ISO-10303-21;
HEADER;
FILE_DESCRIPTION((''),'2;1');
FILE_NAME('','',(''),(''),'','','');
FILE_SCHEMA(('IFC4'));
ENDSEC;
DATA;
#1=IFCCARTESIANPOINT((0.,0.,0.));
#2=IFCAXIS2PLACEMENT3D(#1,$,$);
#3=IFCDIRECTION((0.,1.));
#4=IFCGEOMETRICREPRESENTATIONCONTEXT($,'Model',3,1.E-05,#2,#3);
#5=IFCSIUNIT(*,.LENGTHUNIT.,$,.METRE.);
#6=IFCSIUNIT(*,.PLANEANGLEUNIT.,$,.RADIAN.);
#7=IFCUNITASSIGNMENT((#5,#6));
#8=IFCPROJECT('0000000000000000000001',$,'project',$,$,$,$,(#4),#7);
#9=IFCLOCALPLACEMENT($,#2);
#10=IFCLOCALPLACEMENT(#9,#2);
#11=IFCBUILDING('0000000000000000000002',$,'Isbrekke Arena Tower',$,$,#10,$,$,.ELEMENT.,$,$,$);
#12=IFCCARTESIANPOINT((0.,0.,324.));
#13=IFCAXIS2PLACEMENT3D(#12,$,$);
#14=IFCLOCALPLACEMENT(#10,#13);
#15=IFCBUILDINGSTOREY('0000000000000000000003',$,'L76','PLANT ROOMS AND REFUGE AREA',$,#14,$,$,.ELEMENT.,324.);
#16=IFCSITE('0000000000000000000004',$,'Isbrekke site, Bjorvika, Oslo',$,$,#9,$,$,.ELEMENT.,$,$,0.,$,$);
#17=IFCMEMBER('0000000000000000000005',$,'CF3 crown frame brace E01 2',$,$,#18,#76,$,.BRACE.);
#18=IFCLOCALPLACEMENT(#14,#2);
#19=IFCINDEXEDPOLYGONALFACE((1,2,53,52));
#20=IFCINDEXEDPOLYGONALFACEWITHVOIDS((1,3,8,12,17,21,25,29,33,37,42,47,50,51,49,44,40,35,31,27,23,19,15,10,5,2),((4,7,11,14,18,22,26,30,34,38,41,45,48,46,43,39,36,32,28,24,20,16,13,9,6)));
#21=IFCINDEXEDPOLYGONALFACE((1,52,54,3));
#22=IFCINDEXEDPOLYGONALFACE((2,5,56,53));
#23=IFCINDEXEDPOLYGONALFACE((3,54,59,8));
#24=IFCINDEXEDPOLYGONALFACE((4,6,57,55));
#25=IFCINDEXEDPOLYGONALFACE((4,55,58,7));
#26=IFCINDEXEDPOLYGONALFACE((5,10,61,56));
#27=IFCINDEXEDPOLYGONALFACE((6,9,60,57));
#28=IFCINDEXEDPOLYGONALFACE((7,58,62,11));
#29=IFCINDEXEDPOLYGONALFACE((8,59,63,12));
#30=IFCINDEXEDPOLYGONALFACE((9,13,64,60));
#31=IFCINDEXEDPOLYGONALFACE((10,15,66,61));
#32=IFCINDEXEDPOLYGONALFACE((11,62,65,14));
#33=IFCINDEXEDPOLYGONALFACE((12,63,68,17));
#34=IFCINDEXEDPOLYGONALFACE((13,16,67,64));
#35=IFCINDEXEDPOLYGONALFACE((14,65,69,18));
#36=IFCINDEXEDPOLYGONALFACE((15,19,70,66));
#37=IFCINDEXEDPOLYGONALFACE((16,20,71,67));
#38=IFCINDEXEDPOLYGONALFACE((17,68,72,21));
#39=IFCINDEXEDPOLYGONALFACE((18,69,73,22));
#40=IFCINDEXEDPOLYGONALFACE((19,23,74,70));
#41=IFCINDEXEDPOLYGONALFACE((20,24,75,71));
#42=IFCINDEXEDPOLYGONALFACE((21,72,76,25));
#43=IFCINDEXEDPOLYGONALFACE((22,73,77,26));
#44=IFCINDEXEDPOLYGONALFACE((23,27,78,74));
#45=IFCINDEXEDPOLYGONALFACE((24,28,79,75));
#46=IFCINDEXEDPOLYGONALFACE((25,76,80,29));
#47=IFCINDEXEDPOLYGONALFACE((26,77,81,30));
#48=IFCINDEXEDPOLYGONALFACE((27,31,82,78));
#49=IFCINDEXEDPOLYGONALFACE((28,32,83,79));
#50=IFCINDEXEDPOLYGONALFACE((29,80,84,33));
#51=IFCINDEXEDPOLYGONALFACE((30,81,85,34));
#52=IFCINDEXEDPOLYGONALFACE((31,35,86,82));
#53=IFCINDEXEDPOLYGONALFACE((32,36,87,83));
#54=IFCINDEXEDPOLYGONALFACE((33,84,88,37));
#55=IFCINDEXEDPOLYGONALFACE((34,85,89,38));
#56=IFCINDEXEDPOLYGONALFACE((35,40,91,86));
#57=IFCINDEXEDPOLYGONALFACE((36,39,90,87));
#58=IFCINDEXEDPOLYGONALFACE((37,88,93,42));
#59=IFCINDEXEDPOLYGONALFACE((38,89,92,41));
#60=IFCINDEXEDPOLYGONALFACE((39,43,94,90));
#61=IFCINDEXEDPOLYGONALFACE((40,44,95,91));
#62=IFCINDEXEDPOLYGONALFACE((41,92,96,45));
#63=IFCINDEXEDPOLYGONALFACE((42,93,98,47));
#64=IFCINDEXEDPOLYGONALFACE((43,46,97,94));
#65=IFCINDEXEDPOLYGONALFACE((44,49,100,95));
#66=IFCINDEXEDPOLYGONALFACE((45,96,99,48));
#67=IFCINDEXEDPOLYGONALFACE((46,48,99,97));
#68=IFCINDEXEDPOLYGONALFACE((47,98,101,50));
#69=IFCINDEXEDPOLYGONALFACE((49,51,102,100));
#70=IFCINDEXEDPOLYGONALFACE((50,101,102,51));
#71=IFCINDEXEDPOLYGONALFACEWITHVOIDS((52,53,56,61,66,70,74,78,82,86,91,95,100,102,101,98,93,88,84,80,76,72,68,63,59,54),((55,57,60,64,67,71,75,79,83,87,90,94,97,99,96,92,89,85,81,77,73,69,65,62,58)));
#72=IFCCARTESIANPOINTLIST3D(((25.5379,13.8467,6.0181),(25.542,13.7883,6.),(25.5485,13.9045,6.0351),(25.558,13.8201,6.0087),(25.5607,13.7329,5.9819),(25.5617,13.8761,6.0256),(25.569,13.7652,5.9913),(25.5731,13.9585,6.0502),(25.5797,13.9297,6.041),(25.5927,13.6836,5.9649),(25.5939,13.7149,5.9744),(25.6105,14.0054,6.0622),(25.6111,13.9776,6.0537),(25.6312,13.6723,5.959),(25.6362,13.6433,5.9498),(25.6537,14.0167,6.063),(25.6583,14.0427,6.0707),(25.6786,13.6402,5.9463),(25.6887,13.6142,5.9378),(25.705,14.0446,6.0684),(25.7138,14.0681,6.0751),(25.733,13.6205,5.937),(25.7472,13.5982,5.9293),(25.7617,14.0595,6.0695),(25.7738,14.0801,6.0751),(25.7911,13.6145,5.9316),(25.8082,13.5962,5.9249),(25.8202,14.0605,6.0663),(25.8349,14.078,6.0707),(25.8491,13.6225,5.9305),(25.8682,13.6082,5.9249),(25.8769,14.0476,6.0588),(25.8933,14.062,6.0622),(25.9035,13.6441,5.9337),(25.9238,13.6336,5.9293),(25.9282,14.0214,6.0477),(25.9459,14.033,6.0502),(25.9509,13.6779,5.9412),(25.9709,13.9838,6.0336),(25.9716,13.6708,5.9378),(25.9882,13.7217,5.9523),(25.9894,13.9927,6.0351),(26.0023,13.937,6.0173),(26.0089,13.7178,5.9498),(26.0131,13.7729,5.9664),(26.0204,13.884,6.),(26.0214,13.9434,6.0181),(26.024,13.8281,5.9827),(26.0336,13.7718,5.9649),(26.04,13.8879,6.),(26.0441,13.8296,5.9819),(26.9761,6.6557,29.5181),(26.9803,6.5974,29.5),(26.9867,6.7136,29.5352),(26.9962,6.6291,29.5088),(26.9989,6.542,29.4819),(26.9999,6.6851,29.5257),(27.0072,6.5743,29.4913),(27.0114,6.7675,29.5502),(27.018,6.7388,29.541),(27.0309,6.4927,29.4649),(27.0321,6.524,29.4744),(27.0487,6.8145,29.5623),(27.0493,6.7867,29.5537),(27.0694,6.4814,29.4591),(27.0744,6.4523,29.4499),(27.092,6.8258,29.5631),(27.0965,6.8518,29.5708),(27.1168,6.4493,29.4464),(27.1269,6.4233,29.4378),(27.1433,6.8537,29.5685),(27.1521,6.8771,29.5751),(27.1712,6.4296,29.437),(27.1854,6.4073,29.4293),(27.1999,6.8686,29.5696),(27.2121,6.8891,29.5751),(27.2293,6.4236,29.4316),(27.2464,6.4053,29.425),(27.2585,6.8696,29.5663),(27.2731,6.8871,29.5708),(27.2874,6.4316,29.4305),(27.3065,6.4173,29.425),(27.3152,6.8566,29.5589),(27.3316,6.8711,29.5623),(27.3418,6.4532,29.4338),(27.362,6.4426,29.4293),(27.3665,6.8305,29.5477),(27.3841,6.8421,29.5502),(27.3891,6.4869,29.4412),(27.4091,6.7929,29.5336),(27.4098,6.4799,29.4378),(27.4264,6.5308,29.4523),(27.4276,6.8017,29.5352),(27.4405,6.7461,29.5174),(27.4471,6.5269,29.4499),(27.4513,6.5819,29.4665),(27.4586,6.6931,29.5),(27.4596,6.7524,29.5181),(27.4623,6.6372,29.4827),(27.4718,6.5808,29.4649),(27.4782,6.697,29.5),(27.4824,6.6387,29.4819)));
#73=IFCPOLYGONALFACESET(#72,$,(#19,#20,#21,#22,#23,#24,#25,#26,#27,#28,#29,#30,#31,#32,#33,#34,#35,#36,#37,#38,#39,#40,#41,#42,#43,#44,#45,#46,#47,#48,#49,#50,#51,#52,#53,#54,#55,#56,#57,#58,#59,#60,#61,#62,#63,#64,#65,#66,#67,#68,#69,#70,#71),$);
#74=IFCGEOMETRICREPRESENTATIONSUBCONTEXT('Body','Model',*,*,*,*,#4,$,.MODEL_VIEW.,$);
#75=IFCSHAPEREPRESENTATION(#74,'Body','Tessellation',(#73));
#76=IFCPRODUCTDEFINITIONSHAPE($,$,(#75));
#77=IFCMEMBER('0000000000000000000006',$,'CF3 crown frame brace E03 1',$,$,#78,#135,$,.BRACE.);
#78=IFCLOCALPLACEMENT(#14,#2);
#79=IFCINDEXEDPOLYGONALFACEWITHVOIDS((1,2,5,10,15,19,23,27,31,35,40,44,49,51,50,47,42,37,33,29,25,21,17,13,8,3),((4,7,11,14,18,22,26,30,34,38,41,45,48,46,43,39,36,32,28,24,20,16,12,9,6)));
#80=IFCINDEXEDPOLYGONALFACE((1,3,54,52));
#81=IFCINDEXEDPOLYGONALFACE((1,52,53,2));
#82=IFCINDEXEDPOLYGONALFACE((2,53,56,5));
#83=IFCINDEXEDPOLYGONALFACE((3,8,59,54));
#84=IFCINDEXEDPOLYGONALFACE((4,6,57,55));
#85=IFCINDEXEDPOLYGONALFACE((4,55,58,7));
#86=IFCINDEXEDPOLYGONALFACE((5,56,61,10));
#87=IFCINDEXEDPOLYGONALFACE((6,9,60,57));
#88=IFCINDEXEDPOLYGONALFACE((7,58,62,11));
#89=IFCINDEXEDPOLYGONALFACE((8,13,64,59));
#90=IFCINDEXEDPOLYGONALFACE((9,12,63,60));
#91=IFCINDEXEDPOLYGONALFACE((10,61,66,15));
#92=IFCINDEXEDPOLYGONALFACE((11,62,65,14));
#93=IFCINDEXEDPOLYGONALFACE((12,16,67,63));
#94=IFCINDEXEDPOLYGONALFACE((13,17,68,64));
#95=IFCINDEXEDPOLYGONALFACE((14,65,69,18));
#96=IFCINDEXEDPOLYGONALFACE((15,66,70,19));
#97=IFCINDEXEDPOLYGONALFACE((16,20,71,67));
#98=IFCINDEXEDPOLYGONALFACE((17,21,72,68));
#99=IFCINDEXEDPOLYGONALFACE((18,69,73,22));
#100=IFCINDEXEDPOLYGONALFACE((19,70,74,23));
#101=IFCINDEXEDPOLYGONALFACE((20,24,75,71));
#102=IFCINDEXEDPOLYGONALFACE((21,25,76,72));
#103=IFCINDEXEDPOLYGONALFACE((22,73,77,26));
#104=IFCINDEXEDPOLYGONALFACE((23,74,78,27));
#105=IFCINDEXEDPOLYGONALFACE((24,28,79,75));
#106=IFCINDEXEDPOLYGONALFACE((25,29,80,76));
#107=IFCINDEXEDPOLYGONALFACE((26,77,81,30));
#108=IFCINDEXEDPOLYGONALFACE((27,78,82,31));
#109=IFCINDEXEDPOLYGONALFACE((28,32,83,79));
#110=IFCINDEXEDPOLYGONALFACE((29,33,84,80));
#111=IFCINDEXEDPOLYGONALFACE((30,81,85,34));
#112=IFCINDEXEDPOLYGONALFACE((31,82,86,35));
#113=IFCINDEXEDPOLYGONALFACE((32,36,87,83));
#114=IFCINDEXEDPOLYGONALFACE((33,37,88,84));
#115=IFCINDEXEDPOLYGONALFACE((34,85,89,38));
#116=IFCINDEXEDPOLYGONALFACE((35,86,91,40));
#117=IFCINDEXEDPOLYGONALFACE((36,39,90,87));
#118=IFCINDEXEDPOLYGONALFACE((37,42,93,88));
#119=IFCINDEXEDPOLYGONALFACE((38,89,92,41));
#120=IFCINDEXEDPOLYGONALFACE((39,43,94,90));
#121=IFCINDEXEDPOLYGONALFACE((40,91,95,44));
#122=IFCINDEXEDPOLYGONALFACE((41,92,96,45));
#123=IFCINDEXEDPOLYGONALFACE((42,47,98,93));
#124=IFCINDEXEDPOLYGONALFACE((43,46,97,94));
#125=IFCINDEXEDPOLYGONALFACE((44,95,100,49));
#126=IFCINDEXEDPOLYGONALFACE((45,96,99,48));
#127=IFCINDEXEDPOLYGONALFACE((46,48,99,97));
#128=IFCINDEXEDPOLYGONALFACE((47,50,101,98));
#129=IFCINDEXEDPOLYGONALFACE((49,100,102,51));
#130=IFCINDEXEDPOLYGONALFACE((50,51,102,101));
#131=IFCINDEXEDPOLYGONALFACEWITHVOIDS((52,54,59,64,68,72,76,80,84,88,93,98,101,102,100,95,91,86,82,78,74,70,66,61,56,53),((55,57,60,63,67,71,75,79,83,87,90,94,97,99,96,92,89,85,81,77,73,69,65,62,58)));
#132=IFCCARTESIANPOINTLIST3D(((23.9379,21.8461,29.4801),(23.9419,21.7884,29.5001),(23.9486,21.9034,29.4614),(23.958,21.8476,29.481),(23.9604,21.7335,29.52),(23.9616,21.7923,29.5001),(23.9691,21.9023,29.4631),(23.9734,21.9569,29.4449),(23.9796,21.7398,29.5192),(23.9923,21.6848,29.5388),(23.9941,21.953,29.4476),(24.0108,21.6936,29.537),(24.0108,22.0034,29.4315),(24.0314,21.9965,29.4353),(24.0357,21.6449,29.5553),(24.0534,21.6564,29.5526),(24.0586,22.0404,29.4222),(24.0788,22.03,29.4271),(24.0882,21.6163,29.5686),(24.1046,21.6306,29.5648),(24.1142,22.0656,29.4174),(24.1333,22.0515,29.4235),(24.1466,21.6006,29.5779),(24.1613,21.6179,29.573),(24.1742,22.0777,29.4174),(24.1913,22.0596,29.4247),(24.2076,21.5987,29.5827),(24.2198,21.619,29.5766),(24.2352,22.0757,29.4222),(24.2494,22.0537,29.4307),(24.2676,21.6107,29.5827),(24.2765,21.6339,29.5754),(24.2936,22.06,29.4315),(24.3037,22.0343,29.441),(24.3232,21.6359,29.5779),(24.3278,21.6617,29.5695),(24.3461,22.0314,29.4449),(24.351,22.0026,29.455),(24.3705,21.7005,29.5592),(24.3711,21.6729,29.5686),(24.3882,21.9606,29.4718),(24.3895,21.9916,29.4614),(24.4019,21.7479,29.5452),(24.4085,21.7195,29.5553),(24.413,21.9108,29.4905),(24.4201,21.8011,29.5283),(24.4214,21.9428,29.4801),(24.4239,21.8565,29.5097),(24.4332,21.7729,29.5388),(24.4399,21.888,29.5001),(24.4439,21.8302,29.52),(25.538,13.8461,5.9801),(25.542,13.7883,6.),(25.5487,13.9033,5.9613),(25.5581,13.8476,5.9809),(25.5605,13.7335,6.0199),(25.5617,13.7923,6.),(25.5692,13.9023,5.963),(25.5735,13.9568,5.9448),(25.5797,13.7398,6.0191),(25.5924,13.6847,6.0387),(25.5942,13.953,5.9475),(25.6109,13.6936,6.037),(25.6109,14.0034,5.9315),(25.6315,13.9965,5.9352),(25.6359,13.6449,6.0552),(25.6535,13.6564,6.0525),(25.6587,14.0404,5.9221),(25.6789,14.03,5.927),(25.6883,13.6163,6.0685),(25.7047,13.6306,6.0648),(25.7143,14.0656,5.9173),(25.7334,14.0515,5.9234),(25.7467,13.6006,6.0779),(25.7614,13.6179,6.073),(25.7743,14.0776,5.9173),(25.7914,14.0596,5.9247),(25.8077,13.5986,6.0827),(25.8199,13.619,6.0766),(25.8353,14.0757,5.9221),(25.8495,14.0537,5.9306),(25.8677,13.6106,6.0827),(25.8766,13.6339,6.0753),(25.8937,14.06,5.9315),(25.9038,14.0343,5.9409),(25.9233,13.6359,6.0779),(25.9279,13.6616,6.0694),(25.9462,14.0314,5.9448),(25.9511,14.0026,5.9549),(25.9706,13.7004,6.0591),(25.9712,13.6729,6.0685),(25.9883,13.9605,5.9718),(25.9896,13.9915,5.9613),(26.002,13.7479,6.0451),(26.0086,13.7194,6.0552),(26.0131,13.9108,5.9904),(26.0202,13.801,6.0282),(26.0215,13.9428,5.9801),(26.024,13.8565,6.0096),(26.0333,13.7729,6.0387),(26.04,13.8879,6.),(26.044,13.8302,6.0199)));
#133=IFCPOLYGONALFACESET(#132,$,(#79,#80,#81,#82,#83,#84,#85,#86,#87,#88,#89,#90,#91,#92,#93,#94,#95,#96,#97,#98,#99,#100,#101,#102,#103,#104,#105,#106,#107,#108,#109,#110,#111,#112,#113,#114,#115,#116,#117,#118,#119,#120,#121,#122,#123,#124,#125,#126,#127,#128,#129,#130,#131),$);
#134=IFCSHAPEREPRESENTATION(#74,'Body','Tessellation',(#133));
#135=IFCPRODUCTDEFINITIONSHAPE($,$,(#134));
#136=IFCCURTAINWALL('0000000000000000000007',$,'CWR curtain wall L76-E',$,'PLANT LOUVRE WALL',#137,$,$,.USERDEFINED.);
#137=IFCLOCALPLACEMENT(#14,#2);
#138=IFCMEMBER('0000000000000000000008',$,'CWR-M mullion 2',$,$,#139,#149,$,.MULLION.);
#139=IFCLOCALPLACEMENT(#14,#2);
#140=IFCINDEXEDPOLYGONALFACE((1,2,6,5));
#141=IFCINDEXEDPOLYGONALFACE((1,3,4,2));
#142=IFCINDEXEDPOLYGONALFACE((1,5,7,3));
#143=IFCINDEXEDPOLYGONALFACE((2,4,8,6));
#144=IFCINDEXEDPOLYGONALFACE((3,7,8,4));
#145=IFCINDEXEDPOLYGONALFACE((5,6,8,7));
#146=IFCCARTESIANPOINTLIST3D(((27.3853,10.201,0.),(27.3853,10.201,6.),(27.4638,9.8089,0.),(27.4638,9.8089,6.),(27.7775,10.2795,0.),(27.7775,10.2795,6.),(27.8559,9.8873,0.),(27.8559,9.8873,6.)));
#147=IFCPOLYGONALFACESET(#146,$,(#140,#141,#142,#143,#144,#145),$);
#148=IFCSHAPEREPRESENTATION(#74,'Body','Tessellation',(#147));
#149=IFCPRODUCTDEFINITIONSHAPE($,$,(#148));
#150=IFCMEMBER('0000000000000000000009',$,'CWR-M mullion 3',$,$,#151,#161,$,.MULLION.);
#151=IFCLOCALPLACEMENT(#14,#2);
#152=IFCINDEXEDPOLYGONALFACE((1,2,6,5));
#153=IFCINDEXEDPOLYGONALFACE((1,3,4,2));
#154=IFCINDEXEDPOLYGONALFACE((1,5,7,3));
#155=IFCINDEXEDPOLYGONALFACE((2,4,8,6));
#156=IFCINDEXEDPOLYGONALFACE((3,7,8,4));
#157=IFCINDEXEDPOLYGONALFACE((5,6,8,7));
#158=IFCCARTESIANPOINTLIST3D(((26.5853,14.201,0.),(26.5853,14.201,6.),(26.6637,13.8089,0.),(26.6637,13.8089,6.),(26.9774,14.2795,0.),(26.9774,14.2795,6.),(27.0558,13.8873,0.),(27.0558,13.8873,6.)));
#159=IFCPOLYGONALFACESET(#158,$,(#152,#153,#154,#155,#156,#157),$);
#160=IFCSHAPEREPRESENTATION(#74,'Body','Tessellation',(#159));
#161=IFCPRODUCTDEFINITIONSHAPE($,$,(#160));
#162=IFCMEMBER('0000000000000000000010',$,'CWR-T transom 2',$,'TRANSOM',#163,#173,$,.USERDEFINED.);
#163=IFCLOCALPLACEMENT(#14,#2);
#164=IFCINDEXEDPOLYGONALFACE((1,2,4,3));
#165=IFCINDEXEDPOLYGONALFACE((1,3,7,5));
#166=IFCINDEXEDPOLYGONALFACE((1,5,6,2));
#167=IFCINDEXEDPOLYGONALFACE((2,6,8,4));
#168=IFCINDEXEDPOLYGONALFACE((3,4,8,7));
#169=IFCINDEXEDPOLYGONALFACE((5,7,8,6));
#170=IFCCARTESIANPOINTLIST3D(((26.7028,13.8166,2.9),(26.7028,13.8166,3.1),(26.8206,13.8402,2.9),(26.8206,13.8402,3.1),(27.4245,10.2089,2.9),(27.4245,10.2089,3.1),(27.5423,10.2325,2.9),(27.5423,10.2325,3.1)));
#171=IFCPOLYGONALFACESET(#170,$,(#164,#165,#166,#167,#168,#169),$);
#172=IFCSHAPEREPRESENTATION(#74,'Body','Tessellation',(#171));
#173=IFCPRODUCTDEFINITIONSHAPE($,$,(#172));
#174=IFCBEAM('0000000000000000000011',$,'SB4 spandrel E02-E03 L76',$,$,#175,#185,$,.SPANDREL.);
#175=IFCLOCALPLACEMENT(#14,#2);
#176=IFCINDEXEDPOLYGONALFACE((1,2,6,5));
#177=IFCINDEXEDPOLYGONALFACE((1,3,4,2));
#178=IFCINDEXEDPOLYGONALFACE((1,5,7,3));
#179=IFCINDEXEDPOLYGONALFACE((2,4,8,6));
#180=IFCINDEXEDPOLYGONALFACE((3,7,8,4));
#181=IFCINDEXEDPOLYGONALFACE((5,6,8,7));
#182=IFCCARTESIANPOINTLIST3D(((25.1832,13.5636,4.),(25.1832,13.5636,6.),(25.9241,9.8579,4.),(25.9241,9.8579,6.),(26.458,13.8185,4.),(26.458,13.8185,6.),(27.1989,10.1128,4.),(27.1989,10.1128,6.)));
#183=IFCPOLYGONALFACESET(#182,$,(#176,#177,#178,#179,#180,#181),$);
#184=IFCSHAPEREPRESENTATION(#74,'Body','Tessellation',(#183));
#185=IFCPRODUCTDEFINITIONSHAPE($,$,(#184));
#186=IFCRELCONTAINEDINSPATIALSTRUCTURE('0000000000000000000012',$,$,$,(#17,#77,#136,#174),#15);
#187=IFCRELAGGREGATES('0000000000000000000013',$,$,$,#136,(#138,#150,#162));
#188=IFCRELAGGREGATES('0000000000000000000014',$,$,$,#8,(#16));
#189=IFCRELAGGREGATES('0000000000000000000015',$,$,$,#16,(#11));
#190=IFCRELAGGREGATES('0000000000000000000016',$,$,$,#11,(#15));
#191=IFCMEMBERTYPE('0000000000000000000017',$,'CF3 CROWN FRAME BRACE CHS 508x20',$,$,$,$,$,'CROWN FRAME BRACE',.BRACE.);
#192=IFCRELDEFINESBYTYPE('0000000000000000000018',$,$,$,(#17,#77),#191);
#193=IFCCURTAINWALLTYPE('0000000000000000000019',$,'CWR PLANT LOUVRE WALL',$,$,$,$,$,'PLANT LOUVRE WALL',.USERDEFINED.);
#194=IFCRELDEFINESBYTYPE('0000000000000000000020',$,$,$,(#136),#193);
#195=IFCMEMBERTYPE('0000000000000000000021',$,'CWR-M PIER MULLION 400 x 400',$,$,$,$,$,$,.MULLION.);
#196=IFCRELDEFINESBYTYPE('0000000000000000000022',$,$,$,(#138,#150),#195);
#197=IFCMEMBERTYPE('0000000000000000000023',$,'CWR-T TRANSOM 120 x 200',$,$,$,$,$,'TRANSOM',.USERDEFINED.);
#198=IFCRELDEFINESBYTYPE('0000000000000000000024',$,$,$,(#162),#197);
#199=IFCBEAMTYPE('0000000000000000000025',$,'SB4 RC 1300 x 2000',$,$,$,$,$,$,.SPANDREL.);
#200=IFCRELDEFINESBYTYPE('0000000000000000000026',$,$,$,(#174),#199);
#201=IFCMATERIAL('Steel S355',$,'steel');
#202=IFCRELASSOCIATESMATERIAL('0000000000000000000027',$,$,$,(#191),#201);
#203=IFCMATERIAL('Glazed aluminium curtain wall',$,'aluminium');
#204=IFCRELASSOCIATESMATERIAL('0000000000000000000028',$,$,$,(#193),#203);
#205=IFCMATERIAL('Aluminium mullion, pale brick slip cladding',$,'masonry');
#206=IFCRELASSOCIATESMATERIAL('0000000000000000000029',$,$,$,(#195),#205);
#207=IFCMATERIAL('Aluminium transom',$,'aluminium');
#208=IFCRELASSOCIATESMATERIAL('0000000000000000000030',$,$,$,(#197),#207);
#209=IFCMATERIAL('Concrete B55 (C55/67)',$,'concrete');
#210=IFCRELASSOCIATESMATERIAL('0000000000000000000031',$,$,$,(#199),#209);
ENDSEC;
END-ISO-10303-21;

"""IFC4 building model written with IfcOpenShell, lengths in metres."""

from ifc_helpers import new_model, si_unit, direction, frame, origin, origin_2d, place, context, subcontext, project, spatial, rectangle, hollow_circle, extrude, material, material_profile, profile_set, type_object, element, aggregate, save


model = new_model("IFC4")

# Units and contexts
model_context = context("Model", 3, precision=1e-05, world=origin(), true_north=direction((0.0, 1.0)))
body_context = subcontext(model_context, "Body", "Model", "MODEL_VIEW")
ifc_project = project(units=[si_unit("LENGTHUNIT", "METRE"), si_unit("PLANEANGLEUNIT", "RADIAN")], contexts=[model_context])

# Site, building, storey
site_placement = place(None, origin())
site = spatial("IfcSite", under=ifc_project, at=site_placement, Name="Isbrekke site, Bjorvika, Oslo", CompositionType="ELEMENT", RefElevation=0.0)
building_placement = place(site_placement, origin())
building = spatial("IfcBuilding", under=site, at=building_placement, Name="Isbrekke Arena Tower", CompositionType="ELEMENT")
storey_placement = place(building_placement, frame((0.0, 0.0, 324.0)))
storey = spatial("IfcBuildingStorey", under=building, at=storey_placement, Name="L76", Description="PLANT ROOMS AND REFUGE AREA", CompositionType="ELEMENT", Elevation=324.0)

# Members
ifc_material_1 = material(Name="Steel S355", Category="steel")
ifc_material_profile_1 = material_profile(ifc_material_1, hollow_circle(Radius=0.2539, WallThickness=0.02, at=origin_2d()), Name="CHS 508x20")
ifc_profile_set_1 = profile_set([ifc_material_profile_1], Name="Steel S355")
member_type_1 = type_object("IfcMemberType", Name="CF3 CROWN FRAME BRACE CHS 508x20", ElementType="CROWN FRAME BRACE", PredefinedType="BRACE", material=ifc_profile_set_1)
member_1_placement = place(storey_placement, frame((25.791, 13.8381, 6.0), z_axis=(0.058423, -0.292104, 0.9546), x_axis=(0.980579, 0.196123, 0.0)))
element("IfcMember", 1, at=member_1_placement, inside=storey, type_object=member_type_1, Name="CF3 crown frame brace E01 2", PredefinedType="BRACE", context=body_context, shape_type="SweptSolid", body=[
    extrude(hollow_circle(Radius=0.2539, WallThickness=0.02, at=origin_2d()), origin(), (0.0, 0.0, 1.0), 24.6177),
])
member_2_placement = place(storey_placement, frame((25.791, 13.8381, 6.0), z_axis=(-0.064323, 0.321596, 0.94469), x_axis=(-0.980578, -0.196128, 0.0)))
element("IfcMember", 2, at=member_2_placement, inside=storey, type_object=member_type_1, Name="CF3 crown frame brace E03 1", PredefinedType="BRACE", context=body_context, shape_type="SweptSolid", body=[
    extrude(hollow_circle(Radius=0.2539, WallThickness=0.02, at=origin_2d()), origin(), (0.0, 0.0, 1.0), 24.876),
])

# Curtain wall, members
ifc_material_2 = material(Name="Glazed aluminium curtain wall", Category="aluminium")
curtain_wall_type = type_object("IfcCurtainWallType", Name="CWR PLANT LOUVRE WALL", ElementType="PLANT LOUVRE WALL", PredefinedType="USERDEFINED", material=ifc_material_2)
curtain_wall_placement = place(storey_placement, origin())
curtain_wall = element("IfcCurtainWall", 3, at=curtain_wall_placement, inside=storey, type_object=curtain_wall_type, Name="CWR curtain wall L76-E", ObjectType="PLANT LOUVRE WALL", PredefinedType="USERDEFINED")
ifc_material_3 = material(Name="Aluminium mullion, pale brick slip cladding", Category="masonry")
ifc_material_profile_2 = material_profile(ifc_material_3, rectangle(XDim=0.3999, YDim=0.3999, at=origin_2d()), Name="PIER 400X400")
ifc_profile_set_2 = profile_set([ifc_material_profile_2], Name="Aluminium mullion, pale brick slip cladding")
member_type_2 = type_object("IfcMemberType", Name="CWR-M PIER MULLION 400 x 400", PredefinedType="MULLION", material=ifc_profile_set_2)
member_3_placement = place(storey_placement, frame((27.6206, 10.0442, 0.0), z_axis=(0.0, 0.0, 1.0), x_axis=(-0.196116, 0.980581, 0.0)))
member_3 = element("IfcMember", 4, at=member_3_placement, type_object=member_type_2, Name="CWR-M mullion 2", PredefinedType="MULLION", context=body_context, shape_type="SweptSolid", body=[
    extrude(rectangle(XDim=0.3999, YDim=0.3999, at=origin_2d()), origin(), (0.0, 0.0, 1.0), 6.0),
])
member_4_placement = place(storey_placement, frame((26.8206, 14.0442, 0.0), z_axis=(0.0, 0.0, 1.0), x_axis=(-0.196116, 0.980581, 0.0)))
member_4 = element("IfcMember", 5, at=member_4_placement, type_object=member_type_2, Name="CWR-M mullion 3", PredefinedType="MULLION", context=body_context, shape_type="SweptSolid", body=[
    extrude(rectangle(XDim=0.3999, YDim=0.3999, at=origin_2d()), origin(), (0.0, 0.0, 1.0), 6.0),
])
ifc_material_4 = material(Name="Aluminium transom", Category="aluminium")
ifc_material_profile_3 = material_profile(ifc_material_4, rectangle(XDim=0.1201, YDim=0.2, at=origin_2d()), Name="TRANSOM 120X200")
ifc_profile_set_3 = profile_set([ifc_material_profile_3], Name="Aluminium transom")
member_type_3 = type_object("IfcMemberType", Name="CWR-T TRANSOM 120 x 200", ElementType="TRANSOM", PredefinedType="USERDEFINED", material=ifc_profile_set_3)
member_5_placement = place(storey_placement, frame((27.4834, 10.2207, 3.0), z_axis=(-0.196154, 0.980573, 0.0), x_axis=(-0.980573, -0.196154, 0.0)))
member_5 = element("IfcMember", 6, at=member_5_placement, type_object=member_type_3, Name="CWR-T transom 2", ObjectType="TRANSOM", PredefinedType="USERDEFINED", context=body_context, shape_type="SweptSolid", body=[
    extrude(rectangle(XDim=0.1201, YDim=0.2, at=origin_2d()), origin(), (0.0, 0.0, 1.0), 3.6792),
])

# Beam
ifc_material_5 = material(Name="Concrete B55 (C55/67)", Category="concrete")
ifc_material_profile_4 = material_profile(ifc_material_5, rectangle(XDim=1.3, YDim=2.0, at=origin_2d()), Name="RC 1300x2000")
ifc_profile_set_4 = profile_set([ifc_material_profile_4], Name="Concrete B55 (C55/67)")
beam_type_1 = type_object("IfcBeamType", Name="SB4 RC 1300 x 2000", PredefinedType="SPANDREL", material=ifc_profile_set_4)
beam_1_placement = place(storey_placement, frame((26.5615, 9.9854, 5.0), z_axis=(-0.196066, 0.980591, 0.0), x_axis=(-0.980591, -0.196066, 0.0)))
element("IfcBeam", 7, at=beam_1_placement, inside=storey, type_object=beam_type_1, Name="SB4 spandrel E02-E03 L76", PredefinedType="SPANDREL", context=body_context, shape_type="SweptSolid", body=[
    extrude(rectangle(XDim=1.3, YDim=2.0, at=origin_2d()), origin(), (0.0, 0.0, 1.0), 3.7791),
])

aggregate(curtain_wall, [member_3, member_4, member_5])

save(model, "model.ifc")
